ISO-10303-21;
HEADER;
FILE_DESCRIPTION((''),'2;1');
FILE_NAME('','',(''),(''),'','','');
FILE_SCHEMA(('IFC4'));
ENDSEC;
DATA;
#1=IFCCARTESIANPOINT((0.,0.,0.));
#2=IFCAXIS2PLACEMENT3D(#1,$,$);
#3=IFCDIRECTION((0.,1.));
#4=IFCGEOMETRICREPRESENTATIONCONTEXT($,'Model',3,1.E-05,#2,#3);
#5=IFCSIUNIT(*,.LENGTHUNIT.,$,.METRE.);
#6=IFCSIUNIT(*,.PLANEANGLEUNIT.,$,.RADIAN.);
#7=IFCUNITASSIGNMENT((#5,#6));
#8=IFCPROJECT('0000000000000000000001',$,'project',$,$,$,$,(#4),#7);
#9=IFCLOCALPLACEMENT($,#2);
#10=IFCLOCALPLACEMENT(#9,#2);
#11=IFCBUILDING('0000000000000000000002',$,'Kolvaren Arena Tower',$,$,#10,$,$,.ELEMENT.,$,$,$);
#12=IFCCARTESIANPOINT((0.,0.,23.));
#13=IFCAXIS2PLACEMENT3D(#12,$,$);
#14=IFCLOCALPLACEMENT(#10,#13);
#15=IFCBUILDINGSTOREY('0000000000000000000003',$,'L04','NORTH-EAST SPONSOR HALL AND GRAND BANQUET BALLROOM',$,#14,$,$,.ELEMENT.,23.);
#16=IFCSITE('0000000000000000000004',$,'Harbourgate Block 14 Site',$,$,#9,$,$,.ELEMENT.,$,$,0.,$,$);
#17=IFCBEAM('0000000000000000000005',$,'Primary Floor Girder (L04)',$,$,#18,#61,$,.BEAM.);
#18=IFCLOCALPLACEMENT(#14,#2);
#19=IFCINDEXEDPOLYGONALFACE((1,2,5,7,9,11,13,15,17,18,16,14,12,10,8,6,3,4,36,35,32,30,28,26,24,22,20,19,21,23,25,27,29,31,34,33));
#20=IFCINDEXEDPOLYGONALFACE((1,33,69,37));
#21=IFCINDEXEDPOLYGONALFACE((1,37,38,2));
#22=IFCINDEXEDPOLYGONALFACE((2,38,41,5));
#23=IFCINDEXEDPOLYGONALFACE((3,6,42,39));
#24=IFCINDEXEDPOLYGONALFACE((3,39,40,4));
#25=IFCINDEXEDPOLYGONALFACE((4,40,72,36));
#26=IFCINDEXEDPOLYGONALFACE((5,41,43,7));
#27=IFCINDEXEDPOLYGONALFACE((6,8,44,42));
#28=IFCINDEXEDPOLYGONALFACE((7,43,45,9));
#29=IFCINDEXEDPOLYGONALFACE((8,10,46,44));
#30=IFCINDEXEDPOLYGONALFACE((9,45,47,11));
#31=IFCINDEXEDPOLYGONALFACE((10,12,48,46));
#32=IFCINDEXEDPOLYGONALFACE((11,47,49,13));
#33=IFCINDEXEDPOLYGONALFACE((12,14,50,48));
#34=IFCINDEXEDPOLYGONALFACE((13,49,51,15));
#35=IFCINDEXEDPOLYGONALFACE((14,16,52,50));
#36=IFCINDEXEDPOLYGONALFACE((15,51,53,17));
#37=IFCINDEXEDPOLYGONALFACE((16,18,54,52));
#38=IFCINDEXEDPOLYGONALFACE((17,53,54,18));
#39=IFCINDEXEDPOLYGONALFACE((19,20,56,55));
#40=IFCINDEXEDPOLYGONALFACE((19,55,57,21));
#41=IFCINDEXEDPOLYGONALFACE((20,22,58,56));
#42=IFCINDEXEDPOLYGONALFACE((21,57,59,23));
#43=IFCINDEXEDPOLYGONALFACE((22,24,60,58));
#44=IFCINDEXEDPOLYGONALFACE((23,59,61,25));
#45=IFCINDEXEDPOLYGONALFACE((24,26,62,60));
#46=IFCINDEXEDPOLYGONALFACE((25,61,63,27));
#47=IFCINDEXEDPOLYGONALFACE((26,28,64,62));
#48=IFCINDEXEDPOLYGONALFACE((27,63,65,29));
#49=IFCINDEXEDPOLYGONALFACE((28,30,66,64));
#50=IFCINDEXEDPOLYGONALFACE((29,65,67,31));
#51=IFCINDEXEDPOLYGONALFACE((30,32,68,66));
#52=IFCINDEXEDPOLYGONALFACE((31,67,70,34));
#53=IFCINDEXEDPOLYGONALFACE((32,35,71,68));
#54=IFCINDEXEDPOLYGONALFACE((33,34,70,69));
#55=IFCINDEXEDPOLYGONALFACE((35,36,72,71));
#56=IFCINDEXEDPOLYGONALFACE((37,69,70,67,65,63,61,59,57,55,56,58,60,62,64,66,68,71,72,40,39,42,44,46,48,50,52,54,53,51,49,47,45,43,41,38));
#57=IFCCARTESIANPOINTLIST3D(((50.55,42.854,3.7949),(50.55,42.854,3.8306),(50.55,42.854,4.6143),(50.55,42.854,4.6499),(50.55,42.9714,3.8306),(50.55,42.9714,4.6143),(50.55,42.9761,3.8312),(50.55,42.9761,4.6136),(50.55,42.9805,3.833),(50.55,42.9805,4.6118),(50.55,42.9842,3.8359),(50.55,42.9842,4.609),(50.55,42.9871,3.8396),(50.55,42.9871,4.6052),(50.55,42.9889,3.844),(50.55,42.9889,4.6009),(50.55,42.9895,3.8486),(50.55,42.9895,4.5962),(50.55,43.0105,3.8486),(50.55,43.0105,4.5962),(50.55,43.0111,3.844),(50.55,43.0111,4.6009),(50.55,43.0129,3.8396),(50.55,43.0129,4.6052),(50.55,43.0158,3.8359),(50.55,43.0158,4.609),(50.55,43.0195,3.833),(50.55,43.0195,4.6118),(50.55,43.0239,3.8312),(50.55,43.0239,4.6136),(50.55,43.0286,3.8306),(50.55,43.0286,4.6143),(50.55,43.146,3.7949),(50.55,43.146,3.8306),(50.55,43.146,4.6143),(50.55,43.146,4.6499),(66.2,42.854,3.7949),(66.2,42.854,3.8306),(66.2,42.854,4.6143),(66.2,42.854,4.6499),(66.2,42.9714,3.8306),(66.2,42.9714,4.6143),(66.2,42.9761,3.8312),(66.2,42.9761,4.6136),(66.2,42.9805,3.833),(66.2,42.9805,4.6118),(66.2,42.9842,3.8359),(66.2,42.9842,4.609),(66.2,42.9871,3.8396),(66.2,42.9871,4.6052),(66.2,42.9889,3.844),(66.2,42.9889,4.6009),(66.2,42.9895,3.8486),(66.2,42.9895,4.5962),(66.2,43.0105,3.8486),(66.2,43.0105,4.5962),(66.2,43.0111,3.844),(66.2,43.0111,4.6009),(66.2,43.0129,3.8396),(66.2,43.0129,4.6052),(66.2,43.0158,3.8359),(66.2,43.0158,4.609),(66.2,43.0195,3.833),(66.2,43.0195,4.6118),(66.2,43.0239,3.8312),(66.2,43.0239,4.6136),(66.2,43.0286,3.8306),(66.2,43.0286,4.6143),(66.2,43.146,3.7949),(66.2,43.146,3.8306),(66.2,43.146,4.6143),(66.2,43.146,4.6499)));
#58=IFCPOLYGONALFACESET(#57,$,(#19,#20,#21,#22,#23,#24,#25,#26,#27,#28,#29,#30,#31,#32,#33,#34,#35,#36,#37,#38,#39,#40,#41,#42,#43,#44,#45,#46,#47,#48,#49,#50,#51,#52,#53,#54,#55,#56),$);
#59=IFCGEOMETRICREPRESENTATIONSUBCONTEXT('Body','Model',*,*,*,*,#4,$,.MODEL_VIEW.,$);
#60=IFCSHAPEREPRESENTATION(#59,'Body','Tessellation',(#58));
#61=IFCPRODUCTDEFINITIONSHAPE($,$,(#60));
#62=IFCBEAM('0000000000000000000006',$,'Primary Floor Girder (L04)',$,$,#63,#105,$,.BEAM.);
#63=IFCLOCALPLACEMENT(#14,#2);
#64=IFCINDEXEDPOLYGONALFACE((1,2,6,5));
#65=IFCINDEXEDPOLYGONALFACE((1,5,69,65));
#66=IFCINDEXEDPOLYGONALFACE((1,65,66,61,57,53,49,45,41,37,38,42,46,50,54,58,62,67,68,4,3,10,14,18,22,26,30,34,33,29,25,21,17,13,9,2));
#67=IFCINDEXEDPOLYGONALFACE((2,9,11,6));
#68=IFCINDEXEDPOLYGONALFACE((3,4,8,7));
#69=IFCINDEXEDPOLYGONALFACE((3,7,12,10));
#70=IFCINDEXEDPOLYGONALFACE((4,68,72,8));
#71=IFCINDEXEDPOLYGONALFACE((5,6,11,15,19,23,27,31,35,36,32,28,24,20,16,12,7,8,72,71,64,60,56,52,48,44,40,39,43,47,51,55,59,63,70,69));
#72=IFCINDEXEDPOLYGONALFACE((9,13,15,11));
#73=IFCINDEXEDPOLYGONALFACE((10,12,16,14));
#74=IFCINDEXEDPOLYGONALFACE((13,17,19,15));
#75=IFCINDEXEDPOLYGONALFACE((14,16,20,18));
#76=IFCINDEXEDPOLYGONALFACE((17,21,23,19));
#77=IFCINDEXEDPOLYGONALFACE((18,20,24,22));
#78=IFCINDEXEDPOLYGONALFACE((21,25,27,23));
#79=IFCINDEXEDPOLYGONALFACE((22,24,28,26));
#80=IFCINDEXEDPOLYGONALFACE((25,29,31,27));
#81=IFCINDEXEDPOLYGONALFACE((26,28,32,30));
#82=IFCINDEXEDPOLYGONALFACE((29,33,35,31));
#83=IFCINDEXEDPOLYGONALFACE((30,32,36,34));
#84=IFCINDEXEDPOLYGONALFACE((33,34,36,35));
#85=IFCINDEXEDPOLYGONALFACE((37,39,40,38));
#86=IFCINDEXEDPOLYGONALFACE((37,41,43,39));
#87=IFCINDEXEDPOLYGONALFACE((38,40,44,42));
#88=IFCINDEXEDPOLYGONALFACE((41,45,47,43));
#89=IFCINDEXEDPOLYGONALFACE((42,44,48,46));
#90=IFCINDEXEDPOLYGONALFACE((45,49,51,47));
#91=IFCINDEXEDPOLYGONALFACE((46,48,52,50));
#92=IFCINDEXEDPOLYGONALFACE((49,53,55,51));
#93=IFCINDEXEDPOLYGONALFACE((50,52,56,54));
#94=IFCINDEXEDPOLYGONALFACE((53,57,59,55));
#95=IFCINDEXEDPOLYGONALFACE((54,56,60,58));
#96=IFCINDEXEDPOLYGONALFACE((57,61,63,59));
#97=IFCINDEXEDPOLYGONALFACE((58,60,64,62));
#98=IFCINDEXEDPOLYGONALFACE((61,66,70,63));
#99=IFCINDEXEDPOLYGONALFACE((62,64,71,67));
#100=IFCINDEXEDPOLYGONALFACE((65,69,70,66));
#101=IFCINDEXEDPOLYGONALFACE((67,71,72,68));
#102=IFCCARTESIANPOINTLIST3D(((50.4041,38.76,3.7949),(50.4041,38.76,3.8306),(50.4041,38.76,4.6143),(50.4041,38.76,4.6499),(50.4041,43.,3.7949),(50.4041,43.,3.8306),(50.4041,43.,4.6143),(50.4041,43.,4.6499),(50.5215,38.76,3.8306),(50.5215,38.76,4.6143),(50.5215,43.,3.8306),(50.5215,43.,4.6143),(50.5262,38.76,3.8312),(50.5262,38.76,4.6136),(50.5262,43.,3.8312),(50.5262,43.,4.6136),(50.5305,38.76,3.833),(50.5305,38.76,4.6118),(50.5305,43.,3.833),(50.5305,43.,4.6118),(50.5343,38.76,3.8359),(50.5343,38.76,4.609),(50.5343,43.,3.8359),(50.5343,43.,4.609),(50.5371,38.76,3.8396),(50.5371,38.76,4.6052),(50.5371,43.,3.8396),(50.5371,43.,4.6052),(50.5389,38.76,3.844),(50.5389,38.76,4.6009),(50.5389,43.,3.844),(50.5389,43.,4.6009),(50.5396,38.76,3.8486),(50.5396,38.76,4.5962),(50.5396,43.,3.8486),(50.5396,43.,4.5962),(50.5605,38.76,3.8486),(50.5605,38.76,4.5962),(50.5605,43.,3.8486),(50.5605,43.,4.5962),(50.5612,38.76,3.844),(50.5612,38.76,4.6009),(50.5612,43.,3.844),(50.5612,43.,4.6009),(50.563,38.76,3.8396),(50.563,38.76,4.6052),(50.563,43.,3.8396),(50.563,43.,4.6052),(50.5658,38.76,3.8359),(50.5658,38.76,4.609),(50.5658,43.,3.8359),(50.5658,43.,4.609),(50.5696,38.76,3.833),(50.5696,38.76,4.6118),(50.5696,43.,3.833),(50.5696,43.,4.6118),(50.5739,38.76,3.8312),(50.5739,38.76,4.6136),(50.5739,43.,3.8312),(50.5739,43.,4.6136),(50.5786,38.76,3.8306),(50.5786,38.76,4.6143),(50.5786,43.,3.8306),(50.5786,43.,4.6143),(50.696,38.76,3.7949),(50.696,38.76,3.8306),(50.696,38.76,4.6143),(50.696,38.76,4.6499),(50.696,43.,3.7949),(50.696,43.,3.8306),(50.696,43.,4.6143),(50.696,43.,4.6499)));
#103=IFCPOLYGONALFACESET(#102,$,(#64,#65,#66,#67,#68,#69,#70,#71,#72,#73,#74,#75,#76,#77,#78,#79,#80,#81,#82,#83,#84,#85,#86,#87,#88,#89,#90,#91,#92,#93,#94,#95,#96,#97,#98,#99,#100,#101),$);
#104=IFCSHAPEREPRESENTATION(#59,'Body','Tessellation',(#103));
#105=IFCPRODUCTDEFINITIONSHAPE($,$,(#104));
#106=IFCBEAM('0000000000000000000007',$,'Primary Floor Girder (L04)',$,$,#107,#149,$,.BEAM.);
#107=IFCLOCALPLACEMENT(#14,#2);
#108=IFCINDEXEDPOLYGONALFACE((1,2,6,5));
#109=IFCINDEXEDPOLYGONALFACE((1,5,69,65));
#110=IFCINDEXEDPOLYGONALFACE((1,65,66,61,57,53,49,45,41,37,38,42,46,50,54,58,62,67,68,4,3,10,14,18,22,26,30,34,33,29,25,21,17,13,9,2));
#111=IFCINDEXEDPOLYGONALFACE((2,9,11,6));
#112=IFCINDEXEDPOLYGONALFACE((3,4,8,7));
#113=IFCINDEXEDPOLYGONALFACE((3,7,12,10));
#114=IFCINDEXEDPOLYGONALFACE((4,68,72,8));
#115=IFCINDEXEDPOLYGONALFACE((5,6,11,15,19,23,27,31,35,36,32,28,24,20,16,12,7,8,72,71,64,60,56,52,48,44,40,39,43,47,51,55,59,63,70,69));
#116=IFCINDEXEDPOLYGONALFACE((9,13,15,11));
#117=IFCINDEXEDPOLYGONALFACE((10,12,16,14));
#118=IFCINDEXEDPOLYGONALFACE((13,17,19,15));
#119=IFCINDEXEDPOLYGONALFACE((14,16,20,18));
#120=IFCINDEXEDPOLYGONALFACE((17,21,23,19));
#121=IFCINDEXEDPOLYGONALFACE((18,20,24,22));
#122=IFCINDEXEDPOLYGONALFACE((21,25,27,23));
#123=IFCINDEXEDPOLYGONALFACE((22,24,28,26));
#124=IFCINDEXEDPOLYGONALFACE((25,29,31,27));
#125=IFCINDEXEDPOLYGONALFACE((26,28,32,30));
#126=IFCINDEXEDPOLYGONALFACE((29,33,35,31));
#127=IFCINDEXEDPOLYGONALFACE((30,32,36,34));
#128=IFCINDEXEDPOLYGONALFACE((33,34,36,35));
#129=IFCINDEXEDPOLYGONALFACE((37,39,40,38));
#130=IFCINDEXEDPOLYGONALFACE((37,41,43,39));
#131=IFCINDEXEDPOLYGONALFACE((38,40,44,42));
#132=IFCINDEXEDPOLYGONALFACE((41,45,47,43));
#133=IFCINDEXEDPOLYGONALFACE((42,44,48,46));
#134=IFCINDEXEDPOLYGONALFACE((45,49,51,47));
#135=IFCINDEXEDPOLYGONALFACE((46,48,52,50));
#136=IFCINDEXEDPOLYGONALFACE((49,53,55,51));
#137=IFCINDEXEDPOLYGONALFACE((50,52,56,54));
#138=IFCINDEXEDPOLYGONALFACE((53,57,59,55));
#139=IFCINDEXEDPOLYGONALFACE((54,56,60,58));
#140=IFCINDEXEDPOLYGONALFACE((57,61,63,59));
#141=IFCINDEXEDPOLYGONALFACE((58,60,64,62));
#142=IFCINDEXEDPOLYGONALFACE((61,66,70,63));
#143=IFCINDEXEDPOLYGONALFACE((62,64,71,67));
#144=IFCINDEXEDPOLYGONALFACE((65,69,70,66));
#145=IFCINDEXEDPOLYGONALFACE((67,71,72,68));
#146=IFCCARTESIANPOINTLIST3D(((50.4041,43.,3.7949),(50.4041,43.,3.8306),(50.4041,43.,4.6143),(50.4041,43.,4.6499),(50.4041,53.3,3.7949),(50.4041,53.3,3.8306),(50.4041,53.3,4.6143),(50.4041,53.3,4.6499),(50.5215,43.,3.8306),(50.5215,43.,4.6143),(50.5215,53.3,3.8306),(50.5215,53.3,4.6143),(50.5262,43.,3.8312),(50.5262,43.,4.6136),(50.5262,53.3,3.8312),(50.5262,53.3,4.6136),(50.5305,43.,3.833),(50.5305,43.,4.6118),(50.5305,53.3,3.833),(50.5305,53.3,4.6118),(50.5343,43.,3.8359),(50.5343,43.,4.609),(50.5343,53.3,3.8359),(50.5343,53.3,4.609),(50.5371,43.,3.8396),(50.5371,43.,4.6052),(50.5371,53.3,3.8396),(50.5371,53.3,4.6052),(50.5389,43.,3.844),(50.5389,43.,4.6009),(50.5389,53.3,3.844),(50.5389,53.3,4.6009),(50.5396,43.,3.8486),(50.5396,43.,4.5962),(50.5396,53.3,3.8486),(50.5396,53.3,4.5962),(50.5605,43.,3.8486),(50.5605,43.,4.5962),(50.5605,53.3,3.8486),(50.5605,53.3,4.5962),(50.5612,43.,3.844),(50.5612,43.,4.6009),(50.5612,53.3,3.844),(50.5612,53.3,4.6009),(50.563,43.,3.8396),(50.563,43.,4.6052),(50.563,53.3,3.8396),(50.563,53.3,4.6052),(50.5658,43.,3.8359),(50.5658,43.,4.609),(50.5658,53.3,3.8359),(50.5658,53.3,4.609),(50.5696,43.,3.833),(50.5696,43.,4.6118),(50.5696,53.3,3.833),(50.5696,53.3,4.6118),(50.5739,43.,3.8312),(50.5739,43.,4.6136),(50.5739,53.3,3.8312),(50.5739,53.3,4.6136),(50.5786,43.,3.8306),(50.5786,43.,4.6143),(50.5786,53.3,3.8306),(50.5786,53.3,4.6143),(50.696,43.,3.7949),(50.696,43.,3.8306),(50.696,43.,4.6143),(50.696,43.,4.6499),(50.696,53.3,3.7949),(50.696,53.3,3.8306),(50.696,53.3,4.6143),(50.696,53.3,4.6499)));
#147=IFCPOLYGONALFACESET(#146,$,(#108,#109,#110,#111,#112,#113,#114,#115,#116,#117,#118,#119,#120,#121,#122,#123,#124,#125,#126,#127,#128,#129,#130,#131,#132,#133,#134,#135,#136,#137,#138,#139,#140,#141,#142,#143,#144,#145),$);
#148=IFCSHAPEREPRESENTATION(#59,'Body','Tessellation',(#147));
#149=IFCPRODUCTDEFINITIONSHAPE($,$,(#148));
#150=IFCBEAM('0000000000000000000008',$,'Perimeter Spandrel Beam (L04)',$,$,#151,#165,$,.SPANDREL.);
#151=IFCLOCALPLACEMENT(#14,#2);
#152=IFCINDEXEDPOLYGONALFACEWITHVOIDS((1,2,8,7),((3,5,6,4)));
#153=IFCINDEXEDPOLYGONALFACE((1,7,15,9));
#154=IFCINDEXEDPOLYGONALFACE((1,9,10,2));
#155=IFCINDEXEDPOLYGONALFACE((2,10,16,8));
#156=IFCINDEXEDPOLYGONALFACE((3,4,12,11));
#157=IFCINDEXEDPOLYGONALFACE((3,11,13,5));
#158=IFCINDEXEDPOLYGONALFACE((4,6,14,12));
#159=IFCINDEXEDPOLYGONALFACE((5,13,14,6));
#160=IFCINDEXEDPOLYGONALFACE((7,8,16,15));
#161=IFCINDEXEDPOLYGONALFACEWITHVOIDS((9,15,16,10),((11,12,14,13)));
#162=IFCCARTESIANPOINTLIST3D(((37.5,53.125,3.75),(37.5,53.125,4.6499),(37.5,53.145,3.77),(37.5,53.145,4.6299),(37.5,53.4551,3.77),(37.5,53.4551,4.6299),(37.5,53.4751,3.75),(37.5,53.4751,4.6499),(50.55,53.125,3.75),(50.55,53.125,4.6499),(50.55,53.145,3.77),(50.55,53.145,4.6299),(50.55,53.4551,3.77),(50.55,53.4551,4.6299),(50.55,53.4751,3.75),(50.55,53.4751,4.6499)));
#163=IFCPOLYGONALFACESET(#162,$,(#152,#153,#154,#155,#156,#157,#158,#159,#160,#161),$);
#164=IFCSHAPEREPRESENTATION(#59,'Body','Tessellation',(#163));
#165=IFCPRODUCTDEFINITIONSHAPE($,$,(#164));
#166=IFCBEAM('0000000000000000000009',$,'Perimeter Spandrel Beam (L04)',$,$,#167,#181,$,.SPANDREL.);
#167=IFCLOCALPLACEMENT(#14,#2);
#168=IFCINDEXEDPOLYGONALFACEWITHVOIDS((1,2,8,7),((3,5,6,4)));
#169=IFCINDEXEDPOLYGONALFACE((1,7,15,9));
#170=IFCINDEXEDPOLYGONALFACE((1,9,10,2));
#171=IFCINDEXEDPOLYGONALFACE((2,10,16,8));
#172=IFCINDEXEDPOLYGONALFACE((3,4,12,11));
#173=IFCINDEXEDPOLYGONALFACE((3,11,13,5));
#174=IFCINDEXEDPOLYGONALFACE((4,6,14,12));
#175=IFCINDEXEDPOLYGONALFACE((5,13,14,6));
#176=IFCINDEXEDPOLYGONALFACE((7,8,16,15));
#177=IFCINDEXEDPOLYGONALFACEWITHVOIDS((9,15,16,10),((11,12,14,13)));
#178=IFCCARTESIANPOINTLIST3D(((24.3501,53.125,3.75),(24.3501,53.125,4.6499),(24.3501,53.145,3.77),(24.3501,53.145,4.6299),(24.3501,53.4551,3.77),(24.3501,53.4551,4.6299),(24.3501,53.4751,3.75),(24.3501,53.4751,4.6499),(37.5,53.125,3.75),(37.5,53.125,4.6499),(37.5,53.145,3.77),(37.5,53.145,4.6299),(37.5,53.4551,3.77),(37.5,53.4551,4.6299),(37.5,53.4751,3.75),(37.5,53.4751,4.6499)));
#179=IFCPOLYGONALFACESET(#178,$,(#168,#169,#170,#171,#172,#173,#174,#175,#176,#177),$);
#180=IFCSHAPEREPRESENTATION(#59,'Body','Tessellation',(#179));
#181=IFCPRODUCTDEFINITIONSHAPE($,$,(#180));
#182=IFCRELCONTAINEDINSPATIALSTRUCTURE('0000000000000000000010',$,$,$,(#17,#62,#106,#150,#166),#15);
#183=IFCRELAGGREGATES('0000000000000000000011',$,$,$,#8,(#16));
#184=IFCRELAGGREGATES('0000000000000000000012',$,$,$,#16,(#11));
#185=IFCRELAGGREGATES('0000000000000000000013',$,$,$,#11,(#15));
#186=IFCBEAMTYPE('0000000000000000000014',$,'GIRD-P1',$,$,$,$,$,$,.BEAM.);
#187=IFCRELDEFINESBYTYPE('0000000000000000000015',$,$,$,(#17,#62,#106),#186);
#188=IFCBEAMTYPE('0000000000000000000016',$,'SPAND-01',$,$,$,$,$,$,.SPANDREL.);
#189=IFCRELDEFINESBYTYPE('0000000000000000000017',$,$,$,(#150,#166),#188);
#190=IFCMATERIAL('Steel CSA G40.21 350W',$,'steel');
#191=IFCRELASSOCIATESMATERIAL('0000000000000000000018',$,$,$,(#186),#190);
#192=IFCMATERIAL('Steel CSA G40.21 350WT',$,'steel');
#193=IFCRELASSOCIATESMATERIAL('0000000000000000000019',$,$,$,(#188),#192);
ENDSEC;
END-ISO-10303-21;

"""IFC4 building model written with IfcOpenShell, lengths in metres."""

from ifc_helpers import new_model, si_unit, direction, frame, origin, origin_2d, place, context, subcontext, project, spatial, hollow_rectangle, i_section, extrude, material, material_profile, profile_set, type_object, element, save


model = new_model("IFC4")

# Units and contexts
model_context = context("Model", 3, precision=1e-05, world=origin(), true_north=direction((0.0, 1.0)))
body_context = subcontext(model_context, "Body", "Model", "MODEL_VIEW")
ifc_project = project(units=[si_unit("LENGTHUNIT", "METRE"), si_unit("PLANEANGLEUNIT", "RADIAN")], contexts=[model_context])

# Site, building, storey
site_placement = place(None, origin())
site = spatial("IfcSite", under=ifc_project, at=site_placement, Name="Harbourgate Block 14 Site", CompositionType="ELEMENT", RefElevation=0.0)
building_placement = place(site_placement, origin())
building = spatial("IfcBuilding", under=site, at=building_placement, Name="Kolvaren Arena Tower", CompositionType="ELEMENT")
storey_placement = place(building_placement, frame((0.0, 0.0, 23.0)))
storey = spatial("IfcBuildingStorey", under=building, at=storey_placement, Name="L04", Description="NORTH-EAST SPONSOR HALL AND GRAND BANQUET BALLROOM", CompositionType="ELEMENT", Elevation=23.0)

# Beams
ifc_material_1 = material(Name="Steel CSA G40.21 350W", Category="steel")
ifc_material_profile_1 = material_profile(ifc_material_1, i_section(OverallWidth=0.292, OverallDepth=0.855, WebThickness=0.021, FlangeThickness=0.0356, FilletRadius=0.0181, at=origin_2d()), Name="W840x299")
ifc_profile_set_1 = profile_set([ifc_material_profile_1], Name="Steel CSA G40.21 350W")
beam_type_1 = type_object("IfcBeamType", Name="GIRD-P1", PredefinedType="BEAM", material=ifc_profile_set_1)
beam_1_placement = place(storey_placement, frame((50.55, 43.0, 4.2224), z_axis=(1.0, 0.0, 0.0), x_axis=(0.0, 1.0, 0.0)))
element("IfcBeam", 1, at=beam_1_placement, inside=storey, type_object=beam_type_1, Name="Primary Floor Girder (L04)", PredefinedType="BEAM", context=body_context, shape_type="SweptSolid", body=[
    extrude(i_section(OverallWidth=0.292, OverallDepth=0.855, WebThickness=0.021, FlangeThickness=0.0356, FilletRadius=0.0181, at=origin_2d()), origin(), (0.0, 0.0, 1.0), 15.6499),
])
beam_2_placement = place(storey_placement, frame((50.55, 38.76, 4.2224), z_axis=(0.0, 1.0, 0.0), x_axis=(-1.0, 0.0, 0.0)))
element("IfcBeam", 2, at=beam_2_placement, inside=storey, type_object=beam_type_1, Name="Primary Floor Girder (L04)", PredefinedType="BEAM", context=body_context, shape_type="SweptSolid", body=[
    extrude(i_section(OverallWidth=0.292, OverallDepth=0.855, WebThickness=0.021, FlangeThickness=0.0356, FilletRadius=0.0181, at=origin_2d()), origin(), (0.0, 0.0, 1.0), 4.24),
])
beam_3_placement = place(storey_placement, frame((50.55, 43.0, 4.2224), z_axis=(0.0, 1.0, 0.0), x_axis=(-1.0, 0.0, 0.0)))
element("IfcBeam", 3, at=beam_3_placement, inside=storey, type_object=beam_type_1, Name="Primary Floor Girder (L04)", PredefinedType="BEAM", context=body_context, shape_type="SweptSolid", body=[
    extrude(i_section(OverallWidth=0.292, OverallDepth=0.855, WebThickness=0.021, FlangeThickness=0.0356, FilletRadius=0.0181, at=origin_2d()), origin(), (0.0, 0.0, 1.0), 10.3),
])
ifc_material_2 = material(Name="Steel CSA G40.21 350WT", Category="steel")
ifc_material_profile_2 = material_profile(ifc_material_2, hollow_rectangle(XDim=0.3501, YDim=0.8999, WallThickness=0.02, at=origin_2d()), Name="HSS 900x350x20")
ifc_profile_set_2 = profile_set([ifc_material_profile_2], Name="Steel CSA G40.21 350WT")
beam_type_2 = type_object("IfcBeamType", Name="SPAND-01", PredefinedType="SPANDREL", material=ifc_profile_set_2)
beam_4_placement = place(storey_placement, frame((50.55, 53.3, 4.2), z_axis=(-1.0, 0.0, 0.0), x_axis=(0.0, -1.0, 0.0)))
element("IfcBeam", 4, at=beam_4_placement, inside=storey, type_object=beam_type_2, Name="Perimeter Spandrel Beam (L04)", PredefinedType="SPANDREL", context=body_context, shape_type="SweptSolid", body=[
    extrude(hollow_rectangle(XDim=0.3501, YDim=0.8999, WallThickness=0.02, at=origin_2d()), origin(), (0.0, 0.0, 1.0), 13.05),
])
beam_5_placement = place(storey_placement, frame((37.5, 53.3, 4.2), z_axis=(-1.0, 0.0, 0.0), x_axis=(0.0, -1.0, 0.0)))
element("IfcBeam", 5, at=beam_5_placement, inside=storey, type_object=beam_type_2, Name="Perimeter Spandrel Beam (L04)", PredefinedType="SPANDREL", context=body_context, shape_type="SweptSolid", body=[
    extrude(hollow_rectangle(XDim=0.3501, YDim=0.8999, WallThickness=0.02, at=origin_2d()), origin(), (0.0, 0.0, 1.0), 13.1499),
])

save(model, "model.ifc")
